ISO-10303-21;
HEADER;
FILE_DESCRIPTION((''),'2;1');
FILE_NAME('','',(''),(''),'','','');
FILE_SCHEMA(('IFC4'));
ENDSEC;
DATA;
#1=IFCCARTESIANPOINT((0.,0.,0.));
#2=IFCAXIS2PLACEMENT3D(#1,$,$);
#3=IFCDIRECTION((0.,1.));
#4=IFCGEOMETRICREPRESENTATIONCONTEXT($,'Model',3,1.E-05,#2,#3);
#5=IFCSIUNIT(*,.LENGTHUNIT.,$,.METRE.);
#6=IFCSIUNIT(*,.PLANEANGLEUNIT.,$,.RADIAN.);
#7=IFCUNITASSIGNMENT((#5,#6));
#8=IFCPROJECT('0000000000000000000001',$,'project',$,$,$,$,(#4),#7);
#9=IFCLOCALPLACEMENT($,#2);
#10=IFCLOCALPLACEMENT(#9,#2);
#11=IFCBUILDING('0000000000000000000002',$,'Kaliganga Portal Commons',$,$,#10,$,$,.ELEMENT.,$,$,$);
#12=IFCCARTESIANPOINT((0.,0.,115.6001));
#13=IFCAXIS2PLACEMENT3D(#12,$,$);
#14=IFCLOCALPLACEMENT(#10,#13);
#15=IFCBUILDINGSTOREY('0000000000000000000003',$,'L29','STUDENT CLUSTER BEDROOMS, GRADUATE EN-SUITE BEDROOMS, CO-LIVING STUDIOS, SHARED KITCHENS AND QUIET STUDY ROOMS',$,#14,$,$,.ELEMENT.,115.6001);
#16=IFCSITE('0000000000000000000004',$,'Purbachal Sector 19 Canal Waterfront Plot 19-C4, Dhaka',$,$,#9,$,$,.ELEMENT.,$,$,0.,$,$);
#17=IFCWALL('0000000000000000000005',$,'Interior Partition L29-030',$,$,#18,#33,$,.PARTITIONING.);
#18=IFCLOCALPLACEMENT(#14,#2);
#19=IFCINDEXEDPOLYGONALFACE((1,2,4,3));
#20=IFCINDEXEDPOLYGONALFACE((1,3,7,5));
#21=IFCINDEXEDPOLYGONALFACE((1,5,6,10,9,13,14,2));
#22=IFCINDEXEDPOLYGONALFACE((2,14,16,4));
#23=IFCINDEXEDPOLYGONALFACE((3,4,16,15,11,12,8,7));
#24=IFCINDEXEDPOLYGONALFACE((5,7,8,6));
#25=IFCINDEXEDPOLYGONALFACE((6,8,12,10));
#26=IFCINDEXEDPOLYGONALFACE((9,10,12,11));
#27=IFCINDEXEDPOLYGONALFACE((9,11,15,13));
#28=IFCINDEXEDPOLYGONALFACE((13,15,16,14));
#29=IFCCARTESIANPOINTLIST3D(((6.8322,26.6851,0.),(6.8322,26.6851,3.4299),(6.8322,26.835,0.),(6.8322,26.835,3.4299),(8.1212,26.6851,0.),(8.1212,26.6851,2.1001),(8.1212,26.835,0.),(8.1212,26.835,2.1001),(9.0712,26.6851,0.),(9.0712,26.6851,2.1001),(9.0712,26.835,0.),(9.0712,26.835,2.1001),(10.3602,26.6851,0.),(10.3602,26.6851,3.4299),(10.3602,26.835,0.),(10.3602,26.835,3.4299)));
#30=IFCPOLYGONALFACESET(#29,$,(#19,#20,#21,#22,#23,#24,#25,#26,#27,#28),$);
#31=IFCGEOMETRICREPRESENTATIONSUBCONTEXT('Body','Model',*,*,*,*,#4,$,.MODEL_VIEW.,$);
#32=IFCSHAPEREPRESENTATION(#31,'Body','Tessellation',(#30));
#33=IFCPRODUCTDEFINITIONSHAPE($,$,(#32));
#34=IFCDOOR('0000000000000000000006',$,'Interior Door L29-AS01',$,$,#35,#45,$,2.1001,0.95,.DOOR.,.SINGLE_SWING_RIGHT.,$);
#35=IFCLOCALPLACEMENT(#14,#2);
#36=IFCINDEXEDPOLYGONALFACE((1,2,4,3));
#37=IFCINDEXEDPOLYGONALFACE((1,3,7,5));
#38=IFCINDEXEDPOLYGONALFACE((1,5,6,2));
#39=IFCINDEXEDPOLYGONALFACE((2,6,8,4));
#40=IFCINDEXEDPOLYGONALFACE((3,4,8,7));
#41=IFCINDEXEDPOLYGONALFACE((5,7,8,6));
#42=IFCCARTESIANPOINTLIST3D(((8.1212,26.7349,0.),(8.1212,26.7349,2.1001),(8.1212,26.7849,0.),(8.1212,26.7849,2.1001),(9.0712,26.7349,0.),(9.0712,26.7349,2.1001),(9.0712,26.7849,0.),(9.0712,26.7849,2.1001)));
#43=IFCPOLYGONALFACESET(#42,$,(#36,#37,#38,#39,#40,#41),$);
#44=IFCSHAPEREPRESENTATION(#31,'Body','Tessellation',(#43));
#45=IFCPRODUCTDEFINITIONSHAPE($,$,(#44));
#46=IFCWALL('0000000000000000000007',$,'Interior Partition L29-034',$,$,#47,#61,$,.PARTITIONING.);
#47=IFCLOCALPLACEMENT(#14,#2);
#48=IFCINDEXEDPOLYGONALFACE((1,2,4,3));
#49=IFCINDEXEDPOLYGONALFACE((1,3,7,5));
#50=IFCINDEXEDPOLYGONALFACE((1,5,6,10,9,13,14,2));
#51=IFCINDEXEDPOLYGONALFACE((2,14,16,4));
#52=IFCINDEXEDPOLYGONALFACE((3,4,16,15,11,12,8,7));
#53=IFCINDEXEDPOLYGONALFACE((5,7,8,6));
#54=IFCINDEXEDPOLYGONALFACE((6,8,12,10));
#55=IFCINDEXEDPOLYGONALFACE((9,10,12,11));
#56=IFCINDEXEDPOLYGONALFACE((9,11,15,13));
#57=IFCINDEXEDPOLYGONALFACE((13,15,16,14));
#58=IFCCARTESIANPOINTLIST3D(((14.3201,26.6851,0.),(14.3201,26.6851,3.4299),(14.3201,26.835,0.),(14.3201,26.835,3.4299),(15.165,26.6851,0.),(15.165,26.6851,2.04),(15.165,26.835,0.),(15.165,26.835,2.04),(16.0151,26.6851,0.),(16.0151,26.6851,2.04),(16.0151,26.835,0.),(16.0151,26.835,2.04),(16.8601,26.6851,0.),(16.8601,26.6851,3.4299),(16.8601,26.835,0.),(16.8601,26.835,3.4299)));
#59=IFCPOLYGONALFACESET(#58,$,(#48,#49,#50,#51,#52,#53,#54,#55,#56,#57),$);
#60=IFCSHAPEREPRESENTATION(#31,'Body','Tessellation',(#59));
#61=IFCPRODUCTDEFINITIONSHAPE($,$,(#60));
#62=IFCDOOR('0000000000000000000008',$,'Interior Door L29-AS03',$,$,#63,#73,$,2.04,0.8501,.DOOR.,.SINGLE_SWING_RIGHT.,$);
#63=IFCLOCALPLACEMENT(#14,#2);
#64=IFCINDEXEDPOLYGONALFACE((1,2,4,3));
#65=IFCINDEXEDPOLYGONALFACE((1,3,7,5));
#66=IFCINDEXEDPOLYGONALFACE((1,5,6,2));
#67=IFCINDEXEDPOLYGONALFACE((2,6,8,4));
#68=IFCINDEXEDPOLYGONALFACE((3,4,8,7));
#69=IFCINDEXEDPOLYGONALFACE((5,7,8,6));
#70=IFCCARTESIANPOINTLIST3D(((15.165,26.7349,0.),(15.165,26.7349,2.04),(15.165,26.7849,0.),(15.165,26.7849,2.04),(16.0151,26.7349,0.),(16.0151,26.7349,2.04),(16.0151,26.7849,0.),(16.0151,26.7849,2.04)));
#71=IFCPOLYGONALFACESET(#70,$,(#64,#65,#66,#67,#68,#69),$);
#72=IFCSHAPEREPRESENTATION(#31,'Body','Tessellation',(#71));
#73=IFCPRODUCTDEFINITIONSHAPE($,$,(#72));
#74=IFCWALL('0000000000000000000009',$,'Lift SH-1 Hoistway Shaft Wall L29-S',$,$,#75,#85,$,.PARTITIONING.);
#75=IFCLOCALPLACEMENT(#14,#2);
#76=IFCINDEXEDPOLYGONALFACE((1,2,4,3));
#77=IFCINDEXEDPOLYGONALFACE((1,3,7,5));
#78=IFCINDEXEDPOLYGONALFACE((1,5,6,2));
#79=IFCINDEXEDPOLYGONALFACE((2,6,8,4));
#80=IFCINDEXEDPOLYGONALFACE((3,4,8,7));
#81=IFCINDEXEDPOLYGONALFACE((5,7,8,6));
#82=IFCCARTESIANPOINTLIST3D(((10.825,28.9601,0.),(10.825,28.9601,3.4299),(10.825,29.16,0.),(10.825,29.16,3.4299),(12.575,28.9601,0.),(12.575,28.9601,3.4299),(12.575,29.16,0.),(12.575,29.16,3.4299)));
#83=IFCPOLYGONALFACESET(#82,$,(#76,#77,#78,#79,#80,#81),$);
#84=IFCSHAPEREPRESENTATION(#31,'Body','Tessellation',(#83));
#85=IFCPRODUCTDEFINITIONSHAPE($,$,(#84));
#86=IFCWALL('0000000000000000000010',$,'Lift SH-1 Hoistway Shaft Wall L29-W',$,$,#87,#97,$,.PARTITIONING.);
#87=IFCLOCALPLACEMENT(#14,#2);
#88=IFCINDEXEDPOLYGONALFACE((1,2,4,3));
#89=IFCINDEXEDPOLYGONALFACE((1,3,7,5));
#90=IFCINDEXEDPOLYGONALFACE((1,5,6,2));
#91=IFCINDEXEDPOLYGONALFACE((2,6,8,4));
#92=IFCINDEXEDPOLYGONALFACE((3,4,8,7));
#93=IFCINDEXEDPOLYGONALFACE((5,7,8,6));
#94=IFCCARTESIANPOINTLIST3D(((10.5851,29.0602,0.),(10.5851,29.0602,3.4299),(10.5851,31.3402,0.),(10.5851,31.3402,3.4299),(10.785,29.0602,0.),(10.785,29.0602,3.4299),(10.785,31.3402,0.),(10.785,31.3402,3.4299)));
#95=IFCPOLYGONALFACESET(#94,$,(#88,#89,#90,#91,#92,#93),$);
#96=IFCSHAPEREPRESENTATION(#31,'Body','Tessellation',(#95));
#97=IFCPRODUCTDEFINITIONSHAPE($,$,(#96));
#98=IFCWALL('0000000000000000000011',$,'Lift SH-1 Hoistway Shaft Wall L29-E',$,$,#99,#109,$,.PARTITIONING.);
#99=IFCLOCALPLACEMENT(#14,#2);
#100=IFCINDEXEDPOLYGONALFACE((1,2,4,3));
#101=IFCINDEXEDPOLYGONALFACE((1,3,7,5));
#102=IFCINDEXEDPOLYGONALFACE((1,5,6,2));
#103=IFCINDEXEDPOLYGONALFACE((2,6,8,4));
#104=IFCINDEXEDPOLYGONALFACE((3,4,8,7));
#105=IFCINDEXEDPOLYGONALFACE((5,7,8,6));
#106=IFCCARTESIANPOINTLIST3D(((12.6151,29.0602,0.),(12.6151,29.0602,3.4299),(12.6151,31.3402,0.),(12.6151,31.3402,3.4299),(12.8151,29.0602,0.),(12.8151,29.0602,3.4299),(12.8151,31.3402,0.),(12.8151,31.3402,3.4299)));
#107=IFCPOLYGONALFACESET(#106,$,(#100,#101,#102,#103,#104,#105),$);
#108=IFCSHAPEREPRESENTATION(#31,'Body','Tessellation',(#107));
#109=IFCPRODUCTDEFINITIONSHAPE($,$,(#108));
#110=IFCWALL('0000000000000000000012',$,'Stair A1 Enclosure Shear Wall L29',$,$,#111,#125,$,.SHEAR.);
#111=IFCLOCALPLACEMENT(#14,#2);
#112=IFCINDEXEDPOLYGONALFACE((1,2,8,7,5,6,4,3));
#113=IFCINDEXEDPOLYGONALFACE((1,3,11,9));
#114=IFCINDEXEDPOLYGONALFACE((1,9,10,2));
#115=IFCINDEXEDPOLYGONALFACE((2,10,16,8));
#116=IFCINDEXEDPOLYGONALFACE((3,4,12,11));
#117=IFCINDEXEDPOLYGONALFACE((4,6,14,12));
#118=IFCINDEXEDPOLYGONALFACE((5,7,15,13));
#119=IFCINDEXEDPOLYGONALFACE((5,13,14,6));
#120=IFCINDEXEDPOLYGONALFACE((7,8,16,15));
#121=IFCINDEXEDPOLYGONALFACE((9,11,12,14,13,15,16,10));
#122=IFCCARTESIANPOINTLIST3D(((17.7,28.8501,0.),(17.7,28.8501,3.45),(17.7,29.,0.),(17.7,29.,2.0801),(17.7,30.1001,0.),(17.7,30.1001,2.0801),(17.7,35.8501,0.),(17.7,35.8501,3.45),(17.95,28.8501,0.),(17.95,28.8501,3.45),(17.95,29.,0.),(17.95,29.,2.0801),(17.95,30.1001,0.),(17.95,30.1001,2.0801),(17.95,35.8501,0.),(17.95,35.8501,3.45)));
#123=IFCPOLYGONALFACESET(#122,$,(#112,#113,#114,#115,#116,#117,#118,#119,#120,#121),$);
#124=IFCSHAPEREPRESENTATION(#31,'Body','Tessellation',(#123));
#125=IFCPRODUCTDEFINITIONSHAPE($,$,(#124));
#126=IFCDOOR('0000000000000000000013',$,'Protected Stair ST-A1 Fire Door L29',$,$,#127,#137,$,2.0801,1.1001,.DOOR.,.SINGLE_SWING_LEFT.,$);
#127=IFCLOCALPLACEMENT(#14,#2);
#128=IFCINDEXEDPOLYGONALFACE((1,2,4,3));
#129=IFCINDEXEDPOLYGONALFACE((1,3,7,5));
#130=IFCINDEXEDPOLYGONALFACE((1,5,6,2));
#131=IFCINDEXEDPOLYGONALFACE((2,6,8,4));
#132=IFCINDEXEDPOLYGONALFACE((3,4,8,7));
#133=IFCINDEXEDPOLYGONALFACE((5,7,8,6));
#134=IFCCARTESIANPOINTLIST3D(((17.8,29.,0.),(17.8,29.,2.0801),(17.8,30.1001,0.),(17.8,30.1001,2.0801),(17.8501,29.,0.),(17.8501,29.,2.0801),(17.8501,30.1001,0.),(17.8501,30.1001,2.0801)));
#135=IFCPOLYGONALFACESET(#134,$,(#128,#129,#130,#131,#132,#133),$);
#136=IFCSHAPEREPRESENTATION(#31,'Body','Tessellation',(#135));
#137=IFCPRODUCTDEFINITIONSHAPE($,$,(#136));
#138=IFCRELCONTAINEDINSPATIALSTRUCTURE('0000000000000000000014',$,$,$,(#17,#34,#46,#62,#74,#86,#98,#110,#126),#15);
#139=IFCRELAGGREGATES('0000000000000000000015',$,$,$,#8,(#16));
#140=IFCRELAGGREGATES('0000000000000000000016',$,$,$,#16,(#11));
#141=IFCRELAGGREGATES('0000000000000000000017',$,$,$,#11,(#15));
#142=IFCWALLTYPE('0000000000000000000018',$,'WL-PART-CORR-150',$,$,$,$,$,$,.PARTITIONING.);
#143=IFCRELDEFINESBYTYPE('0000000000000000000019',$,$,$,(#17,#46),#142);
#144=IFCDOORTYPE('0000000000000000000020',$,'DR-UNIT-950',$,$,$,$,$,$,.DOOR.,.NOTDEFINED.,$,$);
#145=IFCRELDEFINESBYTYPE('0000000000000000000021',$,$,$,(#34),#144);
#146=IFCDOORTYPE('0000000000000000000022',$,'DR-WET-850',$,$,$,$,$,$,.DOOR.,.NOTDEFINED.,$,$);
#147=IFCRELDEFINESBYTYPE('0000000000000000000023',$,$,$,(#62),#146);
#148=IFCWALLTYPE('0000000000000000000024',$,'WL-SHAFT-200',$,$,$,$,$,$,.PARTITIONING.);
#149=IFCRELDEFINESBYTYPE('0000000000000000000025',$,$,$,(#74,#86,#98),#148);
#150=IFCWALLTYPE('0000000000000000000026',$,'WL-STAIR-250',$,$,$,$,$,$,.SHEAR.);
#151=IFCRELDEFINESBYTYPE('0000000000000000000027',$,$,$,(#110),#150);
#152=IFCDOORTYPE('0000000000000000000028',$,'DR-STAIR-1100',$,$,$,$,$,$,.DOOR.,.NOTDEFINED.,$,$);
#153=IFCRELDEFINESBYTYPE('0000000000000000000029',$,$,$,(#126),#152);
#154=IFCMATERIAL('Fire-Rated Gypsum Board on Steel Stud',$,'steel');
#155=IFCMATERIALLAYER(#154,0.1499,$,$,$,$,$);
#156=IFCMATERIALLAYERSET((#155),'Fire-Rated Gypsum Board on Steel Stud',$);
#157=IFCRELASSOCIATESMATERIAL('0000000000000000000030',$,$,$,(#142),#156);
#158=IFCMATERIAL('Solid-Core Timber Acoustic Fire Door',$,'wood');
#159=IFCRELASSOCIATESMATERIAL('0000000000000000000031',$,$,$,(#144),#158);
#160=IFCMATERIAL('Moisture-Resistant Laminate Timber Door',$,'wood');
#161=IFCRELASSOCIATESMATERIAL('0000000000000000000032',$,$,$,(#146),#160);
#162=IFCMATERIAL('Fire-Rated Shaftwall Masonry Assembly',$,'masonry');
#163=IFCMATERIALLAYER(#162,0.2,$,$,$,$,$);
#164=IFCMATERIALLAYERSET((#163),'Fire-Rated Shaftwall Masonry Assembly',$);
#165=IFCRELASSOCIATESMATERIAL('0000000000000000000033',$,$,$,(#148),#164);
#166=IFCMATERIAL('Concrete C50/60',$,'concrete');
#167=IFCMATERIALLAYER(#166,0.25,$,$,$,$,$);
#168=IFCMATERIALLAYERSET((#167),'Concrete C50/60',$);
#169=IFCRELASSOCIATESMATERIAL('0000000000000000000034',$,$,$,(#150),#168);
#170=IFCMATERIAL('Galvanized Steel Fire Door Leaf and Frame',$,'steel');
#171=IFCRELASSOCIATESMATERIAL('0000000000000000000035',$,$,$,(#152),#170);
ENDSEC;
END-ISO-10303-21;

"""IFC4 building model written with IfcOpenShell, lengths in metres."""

from ifc_helpers import new_model, si_unit, direction, frame, frame_2d, origin, place, context, subcontext, project, spatial, rectangle, extrude, material, layer, layer_set, type_object, element, fill, save


model = new_model("IFC4")

# Units and contexts
model_context = context("Model", 3, precision=1e-05, world=origin(), true_north=direction((0.0, 1.0)))
body_context = subcontext(model_context, "Body", "Model", "MODEL_VIEW")
ifc_project = project(units=[si_unit("LENGTHUNIT", "METRE"), si_unit("PLANEANGLEUNIT", "RADIAN")], contexts=[model_context])

# Site, building, storey
site_placement = place(None, origin())
site = spatial("IfcSite", under=ifc_project, at=site_placement, Name="Purbachal Sector 19 Canal Waterfront Plot 19-C4, Dhaka", CompositionType="ELEMENT", RefElevation=0.0)
building_placement = place(site_placement, origin())
building = spatial("IfcBuilding", under=site, at=building_placement, Name="Kaliganga Portal Commons", CompositionType="ELEMENT")
storey_placement = place(building_placement, frame((0.0, 0.0, 115.6001)))
storey = spatial("IfcBuildingStorey", under=building, at=storey_placement, Name="L29", Description="STUDENT CLUSTER BEDROOMS, GRADUATE EN-SUITE BEDROOMS, CO-LIVING STUDIOS, SHARED KITCHENS AND QUIET STUDY ROOMS", CompositionType="ELEMENT", Elevation=115.6001)

# Shared definitions
ifc_material_1 = material(Name="Concrete C50/60", Category="concrete")

# Walls, openings, doors
ifc_material_2 = material(Name="Fire-Rated Gypsum Board on Steel Stud", Category="steel")
ifc_layer_1 = layer(ifc_material_2, 0.1499)
ifc_layer_set_1 = layer_set([ifc_layer_1], Name="Fire-Rated Gypsum Board on Steel Stud")
wall_type_1 = type_object("IfcWallType", Name="WL-PART-CORR-150", PredefinedType="PARTITIONING", material=ifc_layer_set_1)
ifc_material_3 = material(Name="Solid-Core Timber Acoustic Fire Door", Category="wood")
door_type_1 = type_object("IfcDoorType", Name="DR-UNIT-950", OperationType="NOTDEFINED", PredefinedType="DOOR", material=ifc_material_3)
wall_1_placement = place(storey_placement, frame((6.832, 26.76, 0.0), z_axis=(0.0, 0.0, 1.0), x_axis=(1.0, 0.0, 0.0)))
wall_1 = element("IfcWall", 1, at=wall_1_placement, inside=storey, type_object=wall_type_1, Name="Interior Partition L29-030", PredefinedType="PARTITIONING", context=body_context, shape_type="SweptSolid", body=[
    extrude(rectangle(XDim=3.5281, YDim=0.1499, at=frame_2d((1.7642, 0.0))), origin(), (0.0, 0.0, 1.0), 3.4299),
])
opening_1_placement = place(wall_1_placement, frame((1.2891, 0.0, 0.0)))
opening_1 = element("IfcOpeningElement", 2, at=opening_1_placement, cuts=wall_1, PredefinedType="OPENING", context=body_context, shape_type="SweptSolid", body=[
    extrude(rectangle(XDim=0.95, YDim=2.1001, at=frame_2d((0.4751, 1.05))), frame((0.0, 0.085, 0.0), z_axis=(0.0, -1.0, 0.0), x_axis=(1.0, 0.0, 0.0)), (0.0, 0.0, 1.0), 0.1699),
])
door_1_placement = place(opening_1_placement, origin())
door_1 = element("IfcDoor", 3, at=door_1_placement, inside=storey, type_object=door_type_1, Name="Interior Door L29-AS01", OperationType="SINGLE_SWING_RIGHT", OverallHeight=2.1001, OverallWidth=0.95, PredefinedType="DOOR", context=body_context, shape_type="SweptSolid", body=[
    extrude(rectangle(XDim=0.95, YDim=2.1001, at=frame_2d((0.4751, 1.05))), frame((0.0, 0.0249, 0.0), z_axis=(0.0, -1.0, 0.0), x_axis=(1.0, 0.0, 0.0)), (0.0, 0.0, 1.0), 0.05),
])
fill(opening_1, door_1)
wall_2_placement = place(storey_placement, frame((14.3201, 26.76, 0.0), z_axis=(0.0, 0.0, 1.0), x_axis=(1.0, 0.0, 0.0)))
wall_2 = element("IfcWall", 4, at=wall_2_placement, inside=storey, type_object=wall_type_1, Name="Interior Partition L29-034", PredefinedType="PARTITIONING", context=body_context, shape_type="SweptSolid", body=[
    extrude(rectangle(XDim=2.54, YDim=0.1499, at=frame_2d((1.27, 0.0))), origin(), (0.0, 0.0, 1.0), 3.4299),
])
opening_2_placement = place(wall_2_placement, frame((0.845, 0.0, 0.0)))
opening_2 = element("IfcOpeningElement", 5, at=opening_2_placement, cuts=wall_2, PredefinedType="OPENING", context=body_context, shape_type="SweptSolid", body=[
    extrude(rectangle(XDim=0.8501, YDim=2.04, at=frame_2d((0.425, 1.02))), frame((0.0, 0.085, 0.0), z_axis=(0.0, -1.0, 0.0), x_axis=(1.0, 0.0, 0.0)), (0.0, 0.0, 1.0), 0.1699),
])
ifc_material_4 = material(Name="Moisture-Resistant Laminate Timber Door", Category="wood")
door_type_2 = type_object("IfcDoorType", Name="DR-WET-850", OperationType="NOTDEFINED", PredefinedType="DOOR", material=ifc_material_4)
door_2_placement = place(opening_2_placement, origin())
door_2 = element("IfcDoor", 6, at=door_2_placement, inside=storey, type_object=door_type_2, Name="Interior Door L29-AS03", OperationType="SINGLE_SWING_RIGHT", OverallHeight=2.04, OverallWidth=0.8501, PredefinedType="DOOR", context=body_context, shape_type="SweptSolid", body=[
    extrude(rectangle(XDim=0.8501, YDim=2.04, at=frame_2d((0.425, 1.02))), frame((0.0, 0.0249, 0.0), z_axis=(0.0, -1.0, 0.0), x_axis=(1.0, 0.0, 0.0)), (0.0, 0.0, 1.0), 0.05),
])
fill(opening_2, door_2)

# Walls
ifc_material_5 = material(Name="Fire-Rated Shaftwall Masonry Assembly", Category="masonry")
ifc_layer_2 = layer(ifc_material_5, 0.2)
ifc_layer_set_2 = layer_set([ifc_layer_2], Name="Fire-Rated Shaftwall Masonry Assembly")
wall_type_2 = type_object("IfcWallType", Name="WL-SHAFT-200", PredefinedType="PARTITIONING", material=ifc_layer_set_2)
wall_3_placement = place(storey_placement, frame((10.825, 29.0601, 0.0), z_axis=(0.0, 0.0, 1.0), x_axis=(1.0, 0.0, 0.0)))
element("IfcWall", 7, at=wall_3_placement, inside=storey, type_object=wall_type_2, Name="Lift SH-1 Hoistway Shaft Wall L29-S", PredefinedType="PARTITIONING", context=body_context, shape_type="SweptSolid", body=[
    extrude(rectangle(XDim=1.75, YDim=0.2, at=frame_2d((0.875, 0.0))), origin(), (0.0, 0.0, 1.0), 3.4299),
])
for number, where, z_axis, x_axis, name in (
    (8, (10.6851, 29.0601, 0.0), (0.0, 0.0, 1.0), (0.0, 1.0, 0.0), "Lift SH-1 Hoistway Shaft Wall L29-W"),
    (9, (12.7151, 29.0601, 0.0), (0.0, 0.0, 1.0), (0.0, 1.0, 0.0), "Lift SH-1 Hoistway Shaft Wall L29-E"),
):
    element("IfcWall", number, at=place(storey_placement, frame(where, z_axis=z_axis, x_axis=x_axis)), inside=storey, type_object=wall_type_2, Name=name, PredefinedType="PARTITIONING", context=body_context, shape_type="SweptSolid", body=[
        extrude(rectangle(XDim=2.28, YDim=0.2, at=frame_2d((1.1401, 0.0))), origin(), (0.0, 0.0, 1.0), 3.4299),
    ])

# Wall, opening, door
ifc_layer_3 = layer(ifc_material_1, 0.25)
ifc_layer_set_3 = layer_set([ifc_layer_3], Name="Concrete C50/60")
wall_type_3 = type_object("IfcWallType", Name="WL-STAIR-250", PredefinedType="SHEAR", material=ifc_layer_set_3)
wall_4_placement = place(storey_placement, frame((17.825, 28.8501, 0.0), z_axis=(0.0, 0.0, 1.0), x_axis=(0.0, 1.0, 0.0)))
wall_4 = element("IfcWall", 10, at=wall_4_placement, inside=storey, type_object=wall_type_3, Name="Stair A1 Enclosure Shear Wall L29", PredefinedType="SHEAR", context=body_context, shape_type="SweptSolid", body=[
    extrude(rectangle(XDim=7.0, YDim=0.25, at=frame_2d((3.5, 0.0))), origin(), (0.0, 0.0, 1.0), 3.45),
])
opening_3_placement = place(wall_4_placement, frame((0.1499, 0.0, 0.0)))
opening_3 = element("IfcOpeningElement", 11, at=opening_3_placement, cuts=wall_4, PredefinedType="OPENING", context=body_context, shape_type="SweptSolid", body=[
    extrude(rectangle(XDim=1.1001, YDim=2.0801, at=frame_2d((0.55, 1.04))), frame((0.0, 0.135, 0.0), z_axis=(0.0, -1.0, 0.0), x_axis=(1.0, 0.0, 0.0)), (0.0, 0.0, 1.0), 0.27),
])
ifc_material_6 = material(Name="Galvanized Steel Fire Door Leaf and Frame", Category="steel")
door_type_3 = type_object("IfcDoorType", Name="DR-STAIR-1100", OperationType="NOTDEFINED", PredefinedType="DOOR", material=ifc_material_6)
door_3_placement = place(opening_3_placement, origin())
door_3 = element("IfcDoor", 12, at=door_3_placement, inside=storey, type_object=door_type_3, Name="Protected Stair ST-A1 Fire Door L29", OperationType="SINGLE_SWING_LEFT", OverallHeight=2.0801, OverallWidth=1.1001, PredefinedType="DOOR", context=body_context, shape_type="SweptSolid", body=[
    extrude(rectangle(XDim=1.1001, YDim=2.0801, at=frame_2d((0.55, 1.04))), frame((0.0, 0.0249, 0.0), z_axis=(0.0, -1.0, 0.0), x_axis=(1.0, 0.0, 0.0)), (0.0, 0.0, 1.0), 0.05),
])
fill(opening_3, door_3)

save(model, "model.ifc")
